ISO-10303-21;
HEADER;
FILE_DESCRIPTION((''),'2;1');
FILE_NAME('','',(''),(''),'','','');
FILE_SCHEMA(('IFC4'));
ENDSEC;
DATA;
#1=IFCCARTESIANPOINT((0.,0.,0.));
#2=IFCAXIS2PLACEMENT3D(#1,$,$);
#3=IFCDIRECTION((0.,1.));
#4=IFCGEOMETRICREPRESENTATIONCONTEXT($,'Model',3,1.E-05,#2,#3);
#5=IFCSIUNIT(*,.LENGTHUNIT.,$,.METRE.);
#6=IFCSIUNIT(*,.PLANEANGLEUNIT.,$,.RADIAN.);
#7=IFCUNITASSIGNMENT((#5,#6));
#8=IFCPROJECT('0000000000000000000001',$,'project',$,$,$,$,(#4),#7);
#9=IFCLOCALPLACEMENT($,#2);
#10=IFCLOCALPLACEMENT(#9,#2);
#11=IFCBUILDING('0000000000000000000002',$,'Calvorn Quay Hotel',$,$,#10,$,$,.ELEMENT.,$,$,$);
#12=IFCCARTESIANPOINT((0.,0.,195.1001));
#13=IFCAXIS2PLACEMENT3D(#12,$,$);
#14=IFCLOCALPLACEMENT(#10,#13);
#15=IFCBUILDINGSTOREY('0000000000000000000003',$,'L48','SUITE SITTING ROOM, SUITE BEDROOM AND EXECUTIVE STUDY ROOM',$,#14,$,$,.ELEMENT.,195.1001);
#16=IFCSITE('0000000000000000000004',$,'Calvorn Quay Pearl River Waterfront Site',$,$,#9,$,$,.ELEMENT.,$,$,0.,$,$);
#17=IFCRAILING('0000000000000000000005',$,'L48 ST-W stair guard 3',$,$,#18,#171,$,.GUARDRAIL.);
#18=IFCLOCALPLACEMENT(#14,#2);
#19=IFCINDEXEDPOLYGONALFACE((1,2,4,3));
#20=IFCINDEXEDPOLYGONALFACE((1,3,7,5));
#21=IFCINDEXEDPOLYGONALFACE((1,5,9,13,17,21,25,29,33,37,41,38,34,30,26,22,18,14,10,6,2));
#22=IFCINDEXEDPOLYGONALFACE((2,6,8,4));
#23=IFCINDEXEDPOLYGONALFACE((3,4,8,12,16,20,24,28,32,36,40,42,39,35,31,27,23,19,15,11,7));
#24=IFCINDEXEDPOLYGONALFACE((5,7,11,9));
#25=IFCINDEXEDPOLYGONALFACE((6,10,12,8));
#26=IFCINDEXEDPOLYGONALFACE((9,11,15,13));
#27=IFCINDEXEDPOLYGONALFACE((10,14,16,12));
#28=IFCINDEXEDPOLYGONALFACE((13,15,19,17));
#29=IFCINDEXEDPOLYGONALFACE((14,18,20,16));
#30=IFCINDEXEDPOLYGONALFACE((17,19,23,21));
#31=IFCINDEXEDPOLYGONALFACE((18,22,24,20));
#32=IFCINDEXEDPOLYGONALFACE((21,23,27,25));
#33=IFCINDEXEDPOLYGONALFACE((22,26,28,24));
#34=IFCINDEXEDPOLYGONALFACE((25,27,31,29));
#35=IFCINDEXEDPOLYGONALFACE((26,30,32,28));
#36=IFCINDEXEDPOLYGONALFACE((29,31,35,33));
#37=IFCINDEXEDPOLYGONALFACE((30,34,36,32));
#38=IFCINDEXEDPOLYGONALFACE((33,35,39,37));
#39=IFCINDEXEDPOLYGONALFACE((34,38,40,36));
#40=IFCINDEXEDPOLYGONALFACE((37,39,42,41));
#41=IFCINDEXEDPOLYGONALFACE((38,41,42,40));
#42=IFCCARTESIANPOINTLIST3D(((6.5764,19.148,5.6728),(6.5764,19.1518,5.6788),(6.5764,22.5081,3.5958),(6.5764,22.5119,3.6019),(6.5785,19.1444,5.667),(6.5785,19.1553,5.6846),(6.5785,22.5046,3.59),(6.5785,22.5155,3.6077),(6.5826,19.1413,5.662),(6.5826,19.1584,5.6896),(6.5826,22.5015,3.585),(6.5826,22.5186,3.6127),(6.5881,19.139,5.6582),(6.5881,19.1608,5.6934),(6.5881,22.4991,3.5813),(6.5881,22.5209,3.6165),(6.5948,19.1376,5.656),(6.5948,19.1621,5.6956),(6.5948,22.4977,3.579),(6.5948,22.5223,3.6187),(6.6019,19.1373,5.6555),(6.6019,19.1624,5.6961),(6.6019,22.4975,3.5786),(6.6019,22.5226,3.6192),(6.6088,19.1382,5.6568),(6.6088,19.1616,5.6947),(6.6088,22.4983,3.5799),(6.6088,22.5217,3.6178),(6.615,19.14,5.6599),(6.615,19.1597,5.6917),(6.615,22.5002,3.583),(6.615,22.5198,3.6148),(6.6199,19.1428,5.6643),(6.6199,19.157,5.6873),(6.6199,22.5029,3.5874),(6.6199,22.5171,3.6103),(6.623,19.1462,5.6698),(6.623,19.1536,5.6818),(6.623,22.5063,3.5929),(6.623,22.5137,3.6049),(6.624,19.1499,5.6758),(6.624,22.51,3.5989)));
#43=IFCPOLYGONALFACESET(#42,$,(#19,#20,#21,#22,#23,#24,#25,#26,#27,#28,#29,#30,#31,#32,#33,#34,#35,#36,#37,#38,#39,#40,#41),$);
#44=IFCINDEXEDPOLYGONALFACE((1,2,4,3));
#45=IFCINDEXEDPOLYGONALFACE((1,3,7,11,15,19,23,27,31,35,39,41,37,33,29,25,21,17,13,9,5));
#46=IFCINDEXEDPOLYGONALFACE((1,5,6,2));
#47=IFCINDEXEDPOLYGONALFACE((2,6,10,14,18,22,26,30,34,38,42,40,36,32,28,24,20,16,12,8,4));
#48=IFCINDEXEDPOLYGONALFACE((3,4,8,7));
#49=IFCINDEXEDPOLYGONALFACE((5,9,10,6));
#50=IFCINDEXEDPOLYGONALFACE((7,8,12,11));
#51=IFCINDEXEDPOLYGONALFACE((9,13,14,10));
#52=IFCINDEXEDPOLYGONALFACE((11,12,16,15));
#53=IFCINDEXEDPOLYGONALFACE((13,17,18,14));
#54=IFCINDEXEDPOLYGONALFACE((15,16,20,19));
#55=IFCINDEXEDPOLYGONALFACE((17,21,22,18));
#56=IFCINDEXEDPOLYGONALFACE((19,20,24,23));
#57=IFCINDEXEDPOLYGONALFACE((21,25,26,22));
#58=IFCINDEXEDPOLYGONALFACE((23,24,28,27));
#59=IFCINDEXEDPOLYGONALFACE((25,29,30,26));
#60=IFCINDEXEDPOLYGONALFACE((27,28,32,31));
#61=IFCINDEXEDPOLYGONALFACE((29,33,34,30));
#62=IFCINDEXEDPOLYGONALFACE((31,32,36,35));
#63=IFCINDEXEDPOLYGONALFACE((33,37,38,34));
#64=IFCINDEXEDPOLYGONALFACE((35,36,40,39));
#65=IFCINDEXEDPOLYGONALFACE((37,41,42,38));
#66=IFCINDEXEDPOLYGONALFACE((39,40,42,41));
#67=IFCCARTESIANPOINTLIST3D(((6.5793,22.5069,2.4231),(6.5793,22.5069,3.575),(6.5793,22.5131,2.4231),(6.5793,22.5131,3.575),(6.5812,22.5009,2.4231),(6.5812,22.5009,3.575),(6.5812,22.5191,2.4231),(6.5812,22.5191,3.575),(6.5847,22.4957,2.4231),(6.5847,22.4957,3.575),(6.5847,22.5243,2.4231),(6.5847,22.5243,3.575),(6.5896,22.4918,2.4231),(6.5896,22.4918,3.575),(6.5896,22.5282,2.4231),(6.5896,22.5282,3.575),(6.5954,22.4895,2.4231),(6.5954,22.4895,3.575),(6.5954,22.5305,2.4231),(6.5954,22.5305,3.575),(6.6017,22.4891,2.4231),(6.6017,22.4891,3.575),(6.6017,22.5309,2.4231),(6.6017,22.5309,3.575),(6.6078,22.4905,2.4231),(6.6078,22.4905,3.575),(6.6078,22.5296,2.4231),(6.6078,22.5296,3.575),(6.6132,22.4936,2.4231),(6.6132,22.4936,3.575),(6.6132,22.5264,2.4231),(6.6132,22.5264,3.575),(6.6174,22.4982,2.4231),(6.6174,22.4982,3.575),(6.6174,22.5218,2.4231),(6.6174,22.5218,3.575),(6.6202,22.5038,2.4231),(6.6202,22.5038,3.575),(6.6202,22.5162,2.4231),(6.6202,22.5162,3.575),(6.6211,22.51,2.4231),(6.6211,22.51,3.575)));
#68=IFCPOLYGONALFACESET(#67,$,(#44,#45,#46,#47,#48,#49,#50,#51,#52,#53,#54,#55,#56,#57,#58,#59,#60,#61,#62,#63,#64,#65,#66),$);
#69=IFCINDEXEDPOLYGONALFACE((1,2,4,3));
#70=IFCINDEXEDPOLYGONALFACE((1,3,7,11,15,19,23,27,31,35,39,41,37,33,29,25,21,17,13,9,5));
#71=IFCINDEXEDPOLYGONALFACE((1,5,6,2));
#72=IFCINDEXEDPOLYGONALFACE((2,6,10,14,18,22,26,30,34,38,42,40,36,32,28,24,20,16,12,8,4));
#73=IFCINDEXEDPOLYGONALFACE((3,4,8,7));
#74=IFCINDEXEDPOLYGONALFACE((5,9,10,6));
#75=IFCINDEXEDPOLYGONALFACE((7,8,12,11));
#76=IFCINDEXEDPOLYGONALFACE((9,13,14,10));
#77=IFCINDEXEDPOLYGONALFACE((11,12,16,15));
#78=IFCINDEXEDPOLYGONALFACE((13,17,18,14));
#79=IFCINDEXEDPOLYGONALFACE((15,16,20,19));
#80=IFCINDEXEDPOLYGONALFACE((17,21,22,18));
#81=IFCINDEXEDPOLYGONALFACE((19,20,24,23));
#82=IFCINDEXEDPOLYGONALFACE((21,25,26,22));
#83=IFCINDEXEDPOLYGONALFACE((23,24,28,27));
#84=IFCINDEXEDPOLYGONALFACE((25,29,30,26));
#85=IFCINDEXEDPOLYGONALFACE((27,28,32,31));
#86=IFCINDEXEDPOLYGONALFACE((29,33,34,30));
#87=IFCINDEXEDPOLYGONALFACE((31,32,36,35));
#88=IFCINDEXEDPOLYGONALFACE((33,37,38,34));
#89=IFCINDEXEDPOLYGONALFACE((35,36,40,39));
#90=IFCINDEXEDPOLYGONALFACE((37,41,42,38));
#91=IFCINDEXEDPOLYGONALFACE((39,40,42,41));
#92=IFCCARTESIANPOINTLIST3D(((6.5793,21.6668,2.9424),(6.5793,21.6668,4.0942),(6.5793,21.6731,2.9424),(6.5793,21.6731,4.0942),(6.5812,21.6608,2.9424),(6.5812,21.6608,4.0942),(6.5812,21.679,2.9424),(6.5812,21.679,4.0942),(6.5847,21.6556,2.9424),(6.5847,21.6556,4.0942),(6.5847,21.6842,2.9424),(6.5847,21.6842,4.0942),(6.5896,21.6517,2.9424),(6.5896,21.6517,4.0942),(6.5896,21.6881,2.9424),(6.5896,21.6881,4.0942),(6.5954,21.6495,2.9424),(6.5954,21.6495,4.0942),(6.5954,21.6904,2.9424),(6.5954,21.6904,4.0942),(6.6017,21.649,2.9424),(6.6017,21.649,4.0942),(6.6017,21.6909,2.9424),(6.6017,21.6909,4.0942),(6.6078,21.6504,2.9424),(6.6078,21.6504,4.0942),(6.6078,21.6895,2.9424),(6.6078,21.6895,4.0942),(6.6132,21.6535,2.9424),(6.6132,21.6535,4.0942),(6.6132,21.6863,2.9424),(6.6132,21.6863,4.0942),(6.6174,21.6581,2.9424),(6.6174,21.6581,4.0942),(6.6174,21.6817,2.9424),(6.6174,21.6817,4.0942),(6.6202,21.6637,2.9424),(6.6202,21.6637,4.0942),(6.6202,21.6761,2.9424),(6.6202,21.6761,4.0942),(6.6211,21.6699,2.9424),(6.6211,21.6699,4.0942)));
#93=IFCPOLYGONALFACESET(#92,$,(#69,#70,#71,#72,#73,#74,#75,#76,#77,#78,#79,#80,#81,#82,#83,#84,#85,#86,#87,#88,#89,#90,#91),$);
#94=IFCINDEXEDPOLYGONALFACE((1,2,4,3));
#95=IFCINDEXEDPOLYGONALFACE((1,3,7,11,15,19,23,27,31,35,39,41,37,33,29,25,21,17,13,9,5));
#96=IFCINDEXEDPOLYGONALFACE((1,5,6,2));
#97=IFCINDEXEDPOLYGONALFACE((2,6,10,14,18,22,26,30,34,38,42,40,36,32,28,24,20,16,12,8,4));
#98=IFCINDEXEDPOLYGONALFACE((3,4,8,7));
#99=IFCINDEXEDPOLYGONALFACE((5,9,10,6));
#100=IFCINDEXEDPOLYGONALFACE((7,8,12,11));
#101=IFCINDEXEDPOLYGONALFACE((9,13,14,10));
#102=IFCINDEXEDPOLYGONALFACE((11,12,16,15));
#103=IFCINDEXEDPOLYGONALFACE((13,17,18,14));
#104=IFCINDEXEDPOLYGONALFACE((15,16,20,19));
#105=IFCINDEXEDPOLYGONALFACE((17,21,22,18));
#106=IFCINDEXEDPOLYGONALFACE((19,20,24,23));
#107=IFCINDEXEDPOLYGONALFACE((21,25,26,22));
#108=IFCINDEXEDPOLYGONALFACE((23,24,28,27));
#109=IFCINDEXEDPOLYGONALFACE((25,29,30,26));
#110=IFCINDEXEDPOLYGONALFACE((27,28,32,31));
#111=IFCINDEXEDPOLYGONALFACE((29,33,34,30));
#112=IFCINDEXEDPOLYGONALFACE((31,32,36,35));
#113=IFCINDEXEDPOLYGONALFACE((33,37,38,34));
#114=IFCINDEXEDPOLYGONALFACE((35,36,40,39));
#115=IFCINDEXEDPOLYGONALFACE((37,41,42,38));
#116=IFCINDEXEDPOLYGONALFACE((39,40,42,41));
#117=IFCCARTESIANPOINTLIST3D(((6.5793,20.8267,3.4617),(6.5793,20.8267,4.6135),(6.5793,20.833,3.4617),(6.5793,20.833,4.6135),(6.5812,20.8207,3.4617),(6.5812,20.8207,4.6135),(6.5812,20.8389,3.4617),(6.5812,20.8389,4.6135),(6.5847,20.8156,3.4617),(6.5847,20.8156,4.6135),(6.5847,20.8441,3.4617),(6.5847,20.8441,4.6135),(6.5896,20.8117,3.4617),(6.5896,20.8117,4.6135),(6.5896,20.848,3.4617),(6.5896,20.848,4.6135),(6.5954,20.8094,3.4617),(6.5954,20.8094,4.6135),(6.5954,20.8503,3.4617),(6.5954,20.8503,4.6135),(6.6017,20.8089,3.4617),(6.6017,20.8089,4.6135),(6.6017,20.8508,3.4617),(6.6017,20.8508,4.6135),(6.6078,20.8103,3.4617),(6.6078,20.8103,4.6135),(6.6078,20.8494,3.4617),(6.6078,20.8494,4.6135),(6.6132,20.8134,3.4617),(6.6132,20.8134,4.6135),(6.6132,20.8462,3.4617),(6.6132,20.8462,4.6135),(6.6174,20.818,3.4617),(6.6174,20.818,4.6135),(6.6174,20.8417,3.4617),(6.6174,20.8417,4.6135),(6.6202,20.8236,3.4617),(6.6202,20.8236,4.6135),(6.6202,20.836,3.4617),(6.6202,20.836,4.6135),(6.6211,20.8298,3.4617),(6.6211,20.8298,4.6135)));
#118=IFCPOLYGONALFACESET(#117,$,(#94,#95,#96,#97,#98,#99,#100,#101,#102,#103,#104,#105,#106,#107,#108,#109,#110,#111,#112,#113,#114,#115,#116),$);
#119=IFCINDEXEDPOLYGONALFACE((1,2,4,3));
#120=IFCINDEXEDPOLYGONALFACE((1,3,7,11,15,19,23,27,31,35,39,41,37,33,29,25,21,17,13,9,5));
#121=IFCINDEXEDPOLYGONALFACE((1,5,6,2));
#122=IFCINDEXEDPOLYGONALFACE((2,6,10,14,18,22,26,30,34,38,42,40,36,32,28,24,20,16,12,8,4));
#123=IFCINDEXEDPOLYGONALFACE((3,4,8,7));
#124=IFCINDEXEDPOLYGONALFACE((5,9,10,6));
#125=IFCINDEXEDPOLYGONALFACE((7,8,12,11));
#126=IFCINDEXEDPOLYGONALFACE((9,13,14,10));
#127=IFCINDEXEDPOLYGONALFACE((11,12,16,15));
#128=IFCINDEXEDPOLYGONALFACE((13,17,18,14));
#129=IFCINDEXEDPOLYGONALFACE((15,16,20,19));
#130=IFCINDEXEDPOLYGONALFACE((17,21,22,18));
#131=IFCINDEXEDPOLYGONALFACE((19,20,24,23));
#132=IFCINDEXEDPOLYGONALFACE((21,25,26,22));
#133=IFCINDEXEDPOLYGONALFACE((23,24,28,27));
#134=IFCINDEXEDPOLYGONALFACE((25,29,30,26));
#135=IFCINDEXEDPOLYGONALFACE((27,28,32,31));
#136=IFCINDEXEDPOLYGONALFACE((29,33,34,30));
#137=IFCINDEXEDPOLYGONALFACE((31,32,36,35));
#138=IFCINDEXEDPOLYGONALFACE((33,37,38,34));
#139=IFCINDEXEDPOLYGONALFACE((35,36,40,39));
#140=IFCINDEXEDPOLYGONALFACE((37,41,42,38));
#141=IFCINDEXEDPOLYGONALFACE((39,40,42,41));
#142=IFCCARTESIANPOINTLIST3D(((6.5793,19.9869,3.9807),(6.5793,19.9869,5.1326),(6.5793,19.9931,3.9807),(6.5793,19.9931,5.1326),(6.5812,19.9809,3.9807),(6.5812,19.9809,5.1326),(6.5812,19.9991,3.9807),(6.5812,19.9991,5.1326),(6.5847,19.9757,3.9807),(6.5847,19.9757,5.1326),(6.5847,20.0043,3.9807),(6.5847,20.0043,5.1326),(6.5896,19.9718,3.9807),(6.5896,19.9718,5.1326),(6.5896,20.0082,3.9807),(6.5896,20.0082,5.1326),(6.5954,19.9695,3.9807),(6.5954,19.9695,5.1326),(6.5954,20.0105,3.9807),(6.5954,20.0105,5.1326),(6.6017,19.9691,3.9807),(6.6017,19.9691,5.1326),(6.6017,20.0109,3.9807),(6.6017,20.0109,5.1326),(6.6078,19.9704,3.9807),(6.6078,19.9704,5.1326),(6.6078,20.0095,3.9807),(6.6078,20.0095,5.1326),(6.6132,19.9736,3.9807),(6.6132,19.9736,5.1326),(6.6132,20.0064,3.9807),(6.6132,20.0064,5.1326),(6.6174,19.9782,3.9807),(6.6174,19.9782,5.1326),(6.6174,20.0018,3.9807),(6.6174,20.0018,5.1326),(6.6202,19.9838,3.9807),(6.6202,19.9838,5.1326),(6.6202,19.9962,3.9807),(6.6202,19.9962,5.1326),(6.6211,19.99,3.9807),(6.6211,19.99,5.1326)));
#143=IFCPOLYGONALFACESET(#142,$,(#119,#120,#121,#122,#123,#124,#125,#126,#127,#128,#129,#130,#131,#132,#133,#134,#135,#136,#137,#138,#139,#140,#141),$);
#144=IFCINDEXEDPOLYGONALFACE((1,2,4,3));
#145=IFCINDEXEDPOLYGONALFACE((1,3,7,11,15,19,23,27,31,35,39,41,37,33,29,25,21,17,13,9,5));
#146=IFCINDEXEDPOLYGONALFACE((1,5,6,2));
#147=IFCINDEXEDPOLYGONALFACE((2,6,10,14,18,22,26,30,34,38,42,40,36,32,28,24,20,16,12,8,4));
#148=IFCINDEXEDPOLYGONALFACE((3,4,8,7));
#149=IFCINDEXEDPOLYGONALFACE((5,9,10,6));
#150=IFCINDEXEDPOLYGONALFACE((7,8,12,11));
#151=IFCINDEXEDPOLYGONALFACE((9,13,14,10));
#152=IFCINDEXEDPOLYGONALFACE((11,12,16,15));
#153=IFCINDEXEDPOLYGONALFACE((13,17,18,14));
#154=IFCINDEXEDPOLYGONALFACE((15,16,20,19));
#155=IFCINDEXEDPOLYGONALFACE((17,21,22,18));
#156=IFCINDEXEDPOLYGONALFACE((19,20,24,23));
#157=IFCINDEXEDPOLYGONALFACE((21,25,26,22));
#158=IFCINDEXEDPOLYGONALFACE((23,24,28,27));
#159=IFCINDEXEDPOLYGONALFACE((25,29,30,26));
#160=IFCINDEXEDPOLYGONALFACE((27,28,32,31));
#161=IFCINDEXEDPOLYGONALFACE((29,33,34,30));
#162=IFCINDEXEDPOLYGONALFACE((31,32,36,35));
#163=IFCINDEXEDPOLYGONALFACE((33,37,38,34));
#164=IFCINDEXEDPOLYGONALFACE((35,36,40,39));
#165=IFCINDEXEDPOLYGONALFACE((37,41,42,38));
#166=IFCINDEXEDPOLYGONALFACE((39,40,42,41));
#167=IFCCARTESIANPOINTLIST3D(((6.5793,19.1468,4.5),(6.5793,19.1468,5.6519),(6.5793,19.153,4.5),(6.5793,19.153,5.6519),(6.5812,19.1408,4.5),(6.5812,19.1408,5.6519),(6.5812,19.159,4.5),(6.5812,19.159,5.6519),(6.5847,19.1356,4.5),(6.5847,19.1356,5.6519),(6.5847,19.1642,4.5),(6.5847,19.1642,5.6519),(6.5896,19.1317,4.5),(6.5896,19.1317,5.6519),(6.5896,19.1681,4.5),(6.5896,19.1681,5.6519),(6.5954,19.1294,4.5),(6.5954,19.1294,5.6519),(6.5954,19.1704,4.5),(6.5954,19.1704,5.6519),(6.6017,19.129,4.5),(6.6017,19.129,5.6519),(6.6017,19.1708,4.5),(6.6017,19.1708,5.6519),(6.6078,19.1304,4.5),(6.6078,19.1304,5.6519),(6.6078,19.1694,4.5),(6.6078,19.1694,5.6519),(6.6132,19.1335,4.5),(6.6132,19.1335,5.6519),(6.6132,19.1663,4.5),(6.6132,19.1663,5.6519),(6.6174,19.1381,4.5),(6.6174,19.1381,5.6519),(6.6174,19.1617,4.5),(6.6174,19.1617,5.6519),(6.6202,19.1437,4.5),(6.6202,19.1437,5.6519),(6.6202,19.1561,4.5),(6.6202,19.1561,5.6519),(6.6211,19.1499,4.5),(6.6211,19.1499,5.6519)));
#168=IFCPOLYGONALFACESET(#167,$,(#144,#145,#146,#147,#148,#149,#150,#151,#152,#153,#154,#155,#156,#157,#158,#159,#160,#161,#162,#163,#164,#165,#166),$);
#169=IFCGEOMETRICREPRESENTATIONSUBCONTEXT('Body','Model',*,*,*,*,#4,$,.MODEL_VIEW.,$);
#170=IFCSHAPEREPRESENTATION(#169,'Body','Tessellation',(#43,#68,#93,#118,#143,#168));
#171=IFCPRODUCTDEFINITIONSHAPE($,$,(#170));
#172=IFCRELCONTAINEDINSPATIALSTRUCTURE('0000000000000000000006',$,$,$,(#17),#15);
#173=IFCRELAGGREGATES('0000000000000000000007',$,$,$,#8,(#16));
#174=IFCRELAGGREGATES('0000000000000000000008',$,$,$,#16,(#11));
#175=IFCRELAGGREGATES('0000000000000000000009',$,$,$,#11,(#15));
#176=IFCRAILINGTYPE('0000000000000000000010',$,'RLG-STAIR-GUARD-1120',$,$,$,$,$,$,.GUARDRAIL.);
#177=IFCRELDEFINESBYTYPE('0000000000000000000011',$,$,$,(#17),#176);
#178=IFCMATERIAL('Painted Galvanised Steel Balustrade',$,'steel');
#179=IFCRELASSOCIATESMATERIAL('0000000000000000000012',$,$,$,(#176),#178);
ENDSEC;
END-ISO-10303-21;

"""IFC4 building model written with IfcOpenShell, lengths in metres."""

from ifc_helpers import new_model, si_unit, direction, frame, origin, origin_2d, place, context, subcontext, project, spatial, circle, extrude, material, type_object, element, save


model = new_model("IFC4")

# Units and contexts
model_context = context("Model", 3, precision=1e-05, world=origin(), true_north=direction((0.0, 1.0)))
body_context = subcontext(model_context, "Body", "Model", "MODEL_VIEW")
ifc_project = project(units=[si_unit("LENGTHUNIT", "METRE"), si_unit("PLANEANGLEUNIT", "RADIAN")], contexts=[model_context])

# Site, building, storey
site_placement = place(None, origin())
site = spatial("IfcSite", under=ifc_project, at=site_placement, Name="Calvorn Quay Pearl River Waterfront Site", CompositionType="ELEMENT", RefElevation=0.0)
building_placement = place(site_placement, origin())
building = spatial("IfcBuilding", under=site, at=building_placement, Name="Calvorn Quay Hotel", CompositionType="ELEMENT")
storey_placement = place(building_placement, frame((0.0, 0.0, 195.1001)))
storey = spatial("IfcBuildingStorey", under=building, at=storey_placement, Name="L48", Description="SUITE SITTING ROOM, SUITE BEDROOM AND EXECUTIVE STUDY ROOM", CompositionType="ELEMENT", Elevation=195.1001)

# Railing
ifc_material_1 = material(Name="Painted Galvanised Steel Balustrade", Category="steel")
railing_type_1 = type_object("IfcRailingType", Name="RLG-STAIR-GUARD-1120", PredefinedType="GUARDRAIL", material=ifc_material_1)
railing_1_placement = place(storey_placement, frame((6.6001, 22.51, 2.4231)))
element("IfcRailing", 1, at=railing_1_placement, inside=storey, type_object=railing_type_1, Name="L48 ST-W stair guard 3", PredefinedType="GUARDRAIL", context=body_context, shape_type="SweptSolid", body=[
    extrude(circle(Radius=0.0239, at=origin_2d()), frame((0.0, 0.0, 1.1758), z_axis=(0.0, -0.850623, 0.525776), x_axis=(1.0, 0.0, 0.0)), (0.0, 0.0, 1.0), 3.9502),
    extrude(circle(Radius=0.021, at=origin_2d()), origin(), (0.0, 0.0, 1.0), 1.1519),
    extrude(circle(Radius=0.021, at=origin_2d()), frame((0.0, -0.8401, 0.5193)), (0.0, 0.0, 1.0), 1.1519),
    extrude(circle(Radius=0.021, at=origin_2d()), frame((0.0, -1.6802, 1.0386)), (0.0, 0.0, 1.0), 1.1519),
    extrude(circle(Radius=0.021, at=origin_2d()), frame((0.0, -2.52, 1.5576)), (0.0, 0.0, 1.0), 1.1519),
    extrude(circle(Radius=0.021, at=origin_2d()), frame((0.0, -3.3601, 2.0769)), (0.0, 0.0, 1.0), 1.1519),
])

save(model, "model.ifc")
